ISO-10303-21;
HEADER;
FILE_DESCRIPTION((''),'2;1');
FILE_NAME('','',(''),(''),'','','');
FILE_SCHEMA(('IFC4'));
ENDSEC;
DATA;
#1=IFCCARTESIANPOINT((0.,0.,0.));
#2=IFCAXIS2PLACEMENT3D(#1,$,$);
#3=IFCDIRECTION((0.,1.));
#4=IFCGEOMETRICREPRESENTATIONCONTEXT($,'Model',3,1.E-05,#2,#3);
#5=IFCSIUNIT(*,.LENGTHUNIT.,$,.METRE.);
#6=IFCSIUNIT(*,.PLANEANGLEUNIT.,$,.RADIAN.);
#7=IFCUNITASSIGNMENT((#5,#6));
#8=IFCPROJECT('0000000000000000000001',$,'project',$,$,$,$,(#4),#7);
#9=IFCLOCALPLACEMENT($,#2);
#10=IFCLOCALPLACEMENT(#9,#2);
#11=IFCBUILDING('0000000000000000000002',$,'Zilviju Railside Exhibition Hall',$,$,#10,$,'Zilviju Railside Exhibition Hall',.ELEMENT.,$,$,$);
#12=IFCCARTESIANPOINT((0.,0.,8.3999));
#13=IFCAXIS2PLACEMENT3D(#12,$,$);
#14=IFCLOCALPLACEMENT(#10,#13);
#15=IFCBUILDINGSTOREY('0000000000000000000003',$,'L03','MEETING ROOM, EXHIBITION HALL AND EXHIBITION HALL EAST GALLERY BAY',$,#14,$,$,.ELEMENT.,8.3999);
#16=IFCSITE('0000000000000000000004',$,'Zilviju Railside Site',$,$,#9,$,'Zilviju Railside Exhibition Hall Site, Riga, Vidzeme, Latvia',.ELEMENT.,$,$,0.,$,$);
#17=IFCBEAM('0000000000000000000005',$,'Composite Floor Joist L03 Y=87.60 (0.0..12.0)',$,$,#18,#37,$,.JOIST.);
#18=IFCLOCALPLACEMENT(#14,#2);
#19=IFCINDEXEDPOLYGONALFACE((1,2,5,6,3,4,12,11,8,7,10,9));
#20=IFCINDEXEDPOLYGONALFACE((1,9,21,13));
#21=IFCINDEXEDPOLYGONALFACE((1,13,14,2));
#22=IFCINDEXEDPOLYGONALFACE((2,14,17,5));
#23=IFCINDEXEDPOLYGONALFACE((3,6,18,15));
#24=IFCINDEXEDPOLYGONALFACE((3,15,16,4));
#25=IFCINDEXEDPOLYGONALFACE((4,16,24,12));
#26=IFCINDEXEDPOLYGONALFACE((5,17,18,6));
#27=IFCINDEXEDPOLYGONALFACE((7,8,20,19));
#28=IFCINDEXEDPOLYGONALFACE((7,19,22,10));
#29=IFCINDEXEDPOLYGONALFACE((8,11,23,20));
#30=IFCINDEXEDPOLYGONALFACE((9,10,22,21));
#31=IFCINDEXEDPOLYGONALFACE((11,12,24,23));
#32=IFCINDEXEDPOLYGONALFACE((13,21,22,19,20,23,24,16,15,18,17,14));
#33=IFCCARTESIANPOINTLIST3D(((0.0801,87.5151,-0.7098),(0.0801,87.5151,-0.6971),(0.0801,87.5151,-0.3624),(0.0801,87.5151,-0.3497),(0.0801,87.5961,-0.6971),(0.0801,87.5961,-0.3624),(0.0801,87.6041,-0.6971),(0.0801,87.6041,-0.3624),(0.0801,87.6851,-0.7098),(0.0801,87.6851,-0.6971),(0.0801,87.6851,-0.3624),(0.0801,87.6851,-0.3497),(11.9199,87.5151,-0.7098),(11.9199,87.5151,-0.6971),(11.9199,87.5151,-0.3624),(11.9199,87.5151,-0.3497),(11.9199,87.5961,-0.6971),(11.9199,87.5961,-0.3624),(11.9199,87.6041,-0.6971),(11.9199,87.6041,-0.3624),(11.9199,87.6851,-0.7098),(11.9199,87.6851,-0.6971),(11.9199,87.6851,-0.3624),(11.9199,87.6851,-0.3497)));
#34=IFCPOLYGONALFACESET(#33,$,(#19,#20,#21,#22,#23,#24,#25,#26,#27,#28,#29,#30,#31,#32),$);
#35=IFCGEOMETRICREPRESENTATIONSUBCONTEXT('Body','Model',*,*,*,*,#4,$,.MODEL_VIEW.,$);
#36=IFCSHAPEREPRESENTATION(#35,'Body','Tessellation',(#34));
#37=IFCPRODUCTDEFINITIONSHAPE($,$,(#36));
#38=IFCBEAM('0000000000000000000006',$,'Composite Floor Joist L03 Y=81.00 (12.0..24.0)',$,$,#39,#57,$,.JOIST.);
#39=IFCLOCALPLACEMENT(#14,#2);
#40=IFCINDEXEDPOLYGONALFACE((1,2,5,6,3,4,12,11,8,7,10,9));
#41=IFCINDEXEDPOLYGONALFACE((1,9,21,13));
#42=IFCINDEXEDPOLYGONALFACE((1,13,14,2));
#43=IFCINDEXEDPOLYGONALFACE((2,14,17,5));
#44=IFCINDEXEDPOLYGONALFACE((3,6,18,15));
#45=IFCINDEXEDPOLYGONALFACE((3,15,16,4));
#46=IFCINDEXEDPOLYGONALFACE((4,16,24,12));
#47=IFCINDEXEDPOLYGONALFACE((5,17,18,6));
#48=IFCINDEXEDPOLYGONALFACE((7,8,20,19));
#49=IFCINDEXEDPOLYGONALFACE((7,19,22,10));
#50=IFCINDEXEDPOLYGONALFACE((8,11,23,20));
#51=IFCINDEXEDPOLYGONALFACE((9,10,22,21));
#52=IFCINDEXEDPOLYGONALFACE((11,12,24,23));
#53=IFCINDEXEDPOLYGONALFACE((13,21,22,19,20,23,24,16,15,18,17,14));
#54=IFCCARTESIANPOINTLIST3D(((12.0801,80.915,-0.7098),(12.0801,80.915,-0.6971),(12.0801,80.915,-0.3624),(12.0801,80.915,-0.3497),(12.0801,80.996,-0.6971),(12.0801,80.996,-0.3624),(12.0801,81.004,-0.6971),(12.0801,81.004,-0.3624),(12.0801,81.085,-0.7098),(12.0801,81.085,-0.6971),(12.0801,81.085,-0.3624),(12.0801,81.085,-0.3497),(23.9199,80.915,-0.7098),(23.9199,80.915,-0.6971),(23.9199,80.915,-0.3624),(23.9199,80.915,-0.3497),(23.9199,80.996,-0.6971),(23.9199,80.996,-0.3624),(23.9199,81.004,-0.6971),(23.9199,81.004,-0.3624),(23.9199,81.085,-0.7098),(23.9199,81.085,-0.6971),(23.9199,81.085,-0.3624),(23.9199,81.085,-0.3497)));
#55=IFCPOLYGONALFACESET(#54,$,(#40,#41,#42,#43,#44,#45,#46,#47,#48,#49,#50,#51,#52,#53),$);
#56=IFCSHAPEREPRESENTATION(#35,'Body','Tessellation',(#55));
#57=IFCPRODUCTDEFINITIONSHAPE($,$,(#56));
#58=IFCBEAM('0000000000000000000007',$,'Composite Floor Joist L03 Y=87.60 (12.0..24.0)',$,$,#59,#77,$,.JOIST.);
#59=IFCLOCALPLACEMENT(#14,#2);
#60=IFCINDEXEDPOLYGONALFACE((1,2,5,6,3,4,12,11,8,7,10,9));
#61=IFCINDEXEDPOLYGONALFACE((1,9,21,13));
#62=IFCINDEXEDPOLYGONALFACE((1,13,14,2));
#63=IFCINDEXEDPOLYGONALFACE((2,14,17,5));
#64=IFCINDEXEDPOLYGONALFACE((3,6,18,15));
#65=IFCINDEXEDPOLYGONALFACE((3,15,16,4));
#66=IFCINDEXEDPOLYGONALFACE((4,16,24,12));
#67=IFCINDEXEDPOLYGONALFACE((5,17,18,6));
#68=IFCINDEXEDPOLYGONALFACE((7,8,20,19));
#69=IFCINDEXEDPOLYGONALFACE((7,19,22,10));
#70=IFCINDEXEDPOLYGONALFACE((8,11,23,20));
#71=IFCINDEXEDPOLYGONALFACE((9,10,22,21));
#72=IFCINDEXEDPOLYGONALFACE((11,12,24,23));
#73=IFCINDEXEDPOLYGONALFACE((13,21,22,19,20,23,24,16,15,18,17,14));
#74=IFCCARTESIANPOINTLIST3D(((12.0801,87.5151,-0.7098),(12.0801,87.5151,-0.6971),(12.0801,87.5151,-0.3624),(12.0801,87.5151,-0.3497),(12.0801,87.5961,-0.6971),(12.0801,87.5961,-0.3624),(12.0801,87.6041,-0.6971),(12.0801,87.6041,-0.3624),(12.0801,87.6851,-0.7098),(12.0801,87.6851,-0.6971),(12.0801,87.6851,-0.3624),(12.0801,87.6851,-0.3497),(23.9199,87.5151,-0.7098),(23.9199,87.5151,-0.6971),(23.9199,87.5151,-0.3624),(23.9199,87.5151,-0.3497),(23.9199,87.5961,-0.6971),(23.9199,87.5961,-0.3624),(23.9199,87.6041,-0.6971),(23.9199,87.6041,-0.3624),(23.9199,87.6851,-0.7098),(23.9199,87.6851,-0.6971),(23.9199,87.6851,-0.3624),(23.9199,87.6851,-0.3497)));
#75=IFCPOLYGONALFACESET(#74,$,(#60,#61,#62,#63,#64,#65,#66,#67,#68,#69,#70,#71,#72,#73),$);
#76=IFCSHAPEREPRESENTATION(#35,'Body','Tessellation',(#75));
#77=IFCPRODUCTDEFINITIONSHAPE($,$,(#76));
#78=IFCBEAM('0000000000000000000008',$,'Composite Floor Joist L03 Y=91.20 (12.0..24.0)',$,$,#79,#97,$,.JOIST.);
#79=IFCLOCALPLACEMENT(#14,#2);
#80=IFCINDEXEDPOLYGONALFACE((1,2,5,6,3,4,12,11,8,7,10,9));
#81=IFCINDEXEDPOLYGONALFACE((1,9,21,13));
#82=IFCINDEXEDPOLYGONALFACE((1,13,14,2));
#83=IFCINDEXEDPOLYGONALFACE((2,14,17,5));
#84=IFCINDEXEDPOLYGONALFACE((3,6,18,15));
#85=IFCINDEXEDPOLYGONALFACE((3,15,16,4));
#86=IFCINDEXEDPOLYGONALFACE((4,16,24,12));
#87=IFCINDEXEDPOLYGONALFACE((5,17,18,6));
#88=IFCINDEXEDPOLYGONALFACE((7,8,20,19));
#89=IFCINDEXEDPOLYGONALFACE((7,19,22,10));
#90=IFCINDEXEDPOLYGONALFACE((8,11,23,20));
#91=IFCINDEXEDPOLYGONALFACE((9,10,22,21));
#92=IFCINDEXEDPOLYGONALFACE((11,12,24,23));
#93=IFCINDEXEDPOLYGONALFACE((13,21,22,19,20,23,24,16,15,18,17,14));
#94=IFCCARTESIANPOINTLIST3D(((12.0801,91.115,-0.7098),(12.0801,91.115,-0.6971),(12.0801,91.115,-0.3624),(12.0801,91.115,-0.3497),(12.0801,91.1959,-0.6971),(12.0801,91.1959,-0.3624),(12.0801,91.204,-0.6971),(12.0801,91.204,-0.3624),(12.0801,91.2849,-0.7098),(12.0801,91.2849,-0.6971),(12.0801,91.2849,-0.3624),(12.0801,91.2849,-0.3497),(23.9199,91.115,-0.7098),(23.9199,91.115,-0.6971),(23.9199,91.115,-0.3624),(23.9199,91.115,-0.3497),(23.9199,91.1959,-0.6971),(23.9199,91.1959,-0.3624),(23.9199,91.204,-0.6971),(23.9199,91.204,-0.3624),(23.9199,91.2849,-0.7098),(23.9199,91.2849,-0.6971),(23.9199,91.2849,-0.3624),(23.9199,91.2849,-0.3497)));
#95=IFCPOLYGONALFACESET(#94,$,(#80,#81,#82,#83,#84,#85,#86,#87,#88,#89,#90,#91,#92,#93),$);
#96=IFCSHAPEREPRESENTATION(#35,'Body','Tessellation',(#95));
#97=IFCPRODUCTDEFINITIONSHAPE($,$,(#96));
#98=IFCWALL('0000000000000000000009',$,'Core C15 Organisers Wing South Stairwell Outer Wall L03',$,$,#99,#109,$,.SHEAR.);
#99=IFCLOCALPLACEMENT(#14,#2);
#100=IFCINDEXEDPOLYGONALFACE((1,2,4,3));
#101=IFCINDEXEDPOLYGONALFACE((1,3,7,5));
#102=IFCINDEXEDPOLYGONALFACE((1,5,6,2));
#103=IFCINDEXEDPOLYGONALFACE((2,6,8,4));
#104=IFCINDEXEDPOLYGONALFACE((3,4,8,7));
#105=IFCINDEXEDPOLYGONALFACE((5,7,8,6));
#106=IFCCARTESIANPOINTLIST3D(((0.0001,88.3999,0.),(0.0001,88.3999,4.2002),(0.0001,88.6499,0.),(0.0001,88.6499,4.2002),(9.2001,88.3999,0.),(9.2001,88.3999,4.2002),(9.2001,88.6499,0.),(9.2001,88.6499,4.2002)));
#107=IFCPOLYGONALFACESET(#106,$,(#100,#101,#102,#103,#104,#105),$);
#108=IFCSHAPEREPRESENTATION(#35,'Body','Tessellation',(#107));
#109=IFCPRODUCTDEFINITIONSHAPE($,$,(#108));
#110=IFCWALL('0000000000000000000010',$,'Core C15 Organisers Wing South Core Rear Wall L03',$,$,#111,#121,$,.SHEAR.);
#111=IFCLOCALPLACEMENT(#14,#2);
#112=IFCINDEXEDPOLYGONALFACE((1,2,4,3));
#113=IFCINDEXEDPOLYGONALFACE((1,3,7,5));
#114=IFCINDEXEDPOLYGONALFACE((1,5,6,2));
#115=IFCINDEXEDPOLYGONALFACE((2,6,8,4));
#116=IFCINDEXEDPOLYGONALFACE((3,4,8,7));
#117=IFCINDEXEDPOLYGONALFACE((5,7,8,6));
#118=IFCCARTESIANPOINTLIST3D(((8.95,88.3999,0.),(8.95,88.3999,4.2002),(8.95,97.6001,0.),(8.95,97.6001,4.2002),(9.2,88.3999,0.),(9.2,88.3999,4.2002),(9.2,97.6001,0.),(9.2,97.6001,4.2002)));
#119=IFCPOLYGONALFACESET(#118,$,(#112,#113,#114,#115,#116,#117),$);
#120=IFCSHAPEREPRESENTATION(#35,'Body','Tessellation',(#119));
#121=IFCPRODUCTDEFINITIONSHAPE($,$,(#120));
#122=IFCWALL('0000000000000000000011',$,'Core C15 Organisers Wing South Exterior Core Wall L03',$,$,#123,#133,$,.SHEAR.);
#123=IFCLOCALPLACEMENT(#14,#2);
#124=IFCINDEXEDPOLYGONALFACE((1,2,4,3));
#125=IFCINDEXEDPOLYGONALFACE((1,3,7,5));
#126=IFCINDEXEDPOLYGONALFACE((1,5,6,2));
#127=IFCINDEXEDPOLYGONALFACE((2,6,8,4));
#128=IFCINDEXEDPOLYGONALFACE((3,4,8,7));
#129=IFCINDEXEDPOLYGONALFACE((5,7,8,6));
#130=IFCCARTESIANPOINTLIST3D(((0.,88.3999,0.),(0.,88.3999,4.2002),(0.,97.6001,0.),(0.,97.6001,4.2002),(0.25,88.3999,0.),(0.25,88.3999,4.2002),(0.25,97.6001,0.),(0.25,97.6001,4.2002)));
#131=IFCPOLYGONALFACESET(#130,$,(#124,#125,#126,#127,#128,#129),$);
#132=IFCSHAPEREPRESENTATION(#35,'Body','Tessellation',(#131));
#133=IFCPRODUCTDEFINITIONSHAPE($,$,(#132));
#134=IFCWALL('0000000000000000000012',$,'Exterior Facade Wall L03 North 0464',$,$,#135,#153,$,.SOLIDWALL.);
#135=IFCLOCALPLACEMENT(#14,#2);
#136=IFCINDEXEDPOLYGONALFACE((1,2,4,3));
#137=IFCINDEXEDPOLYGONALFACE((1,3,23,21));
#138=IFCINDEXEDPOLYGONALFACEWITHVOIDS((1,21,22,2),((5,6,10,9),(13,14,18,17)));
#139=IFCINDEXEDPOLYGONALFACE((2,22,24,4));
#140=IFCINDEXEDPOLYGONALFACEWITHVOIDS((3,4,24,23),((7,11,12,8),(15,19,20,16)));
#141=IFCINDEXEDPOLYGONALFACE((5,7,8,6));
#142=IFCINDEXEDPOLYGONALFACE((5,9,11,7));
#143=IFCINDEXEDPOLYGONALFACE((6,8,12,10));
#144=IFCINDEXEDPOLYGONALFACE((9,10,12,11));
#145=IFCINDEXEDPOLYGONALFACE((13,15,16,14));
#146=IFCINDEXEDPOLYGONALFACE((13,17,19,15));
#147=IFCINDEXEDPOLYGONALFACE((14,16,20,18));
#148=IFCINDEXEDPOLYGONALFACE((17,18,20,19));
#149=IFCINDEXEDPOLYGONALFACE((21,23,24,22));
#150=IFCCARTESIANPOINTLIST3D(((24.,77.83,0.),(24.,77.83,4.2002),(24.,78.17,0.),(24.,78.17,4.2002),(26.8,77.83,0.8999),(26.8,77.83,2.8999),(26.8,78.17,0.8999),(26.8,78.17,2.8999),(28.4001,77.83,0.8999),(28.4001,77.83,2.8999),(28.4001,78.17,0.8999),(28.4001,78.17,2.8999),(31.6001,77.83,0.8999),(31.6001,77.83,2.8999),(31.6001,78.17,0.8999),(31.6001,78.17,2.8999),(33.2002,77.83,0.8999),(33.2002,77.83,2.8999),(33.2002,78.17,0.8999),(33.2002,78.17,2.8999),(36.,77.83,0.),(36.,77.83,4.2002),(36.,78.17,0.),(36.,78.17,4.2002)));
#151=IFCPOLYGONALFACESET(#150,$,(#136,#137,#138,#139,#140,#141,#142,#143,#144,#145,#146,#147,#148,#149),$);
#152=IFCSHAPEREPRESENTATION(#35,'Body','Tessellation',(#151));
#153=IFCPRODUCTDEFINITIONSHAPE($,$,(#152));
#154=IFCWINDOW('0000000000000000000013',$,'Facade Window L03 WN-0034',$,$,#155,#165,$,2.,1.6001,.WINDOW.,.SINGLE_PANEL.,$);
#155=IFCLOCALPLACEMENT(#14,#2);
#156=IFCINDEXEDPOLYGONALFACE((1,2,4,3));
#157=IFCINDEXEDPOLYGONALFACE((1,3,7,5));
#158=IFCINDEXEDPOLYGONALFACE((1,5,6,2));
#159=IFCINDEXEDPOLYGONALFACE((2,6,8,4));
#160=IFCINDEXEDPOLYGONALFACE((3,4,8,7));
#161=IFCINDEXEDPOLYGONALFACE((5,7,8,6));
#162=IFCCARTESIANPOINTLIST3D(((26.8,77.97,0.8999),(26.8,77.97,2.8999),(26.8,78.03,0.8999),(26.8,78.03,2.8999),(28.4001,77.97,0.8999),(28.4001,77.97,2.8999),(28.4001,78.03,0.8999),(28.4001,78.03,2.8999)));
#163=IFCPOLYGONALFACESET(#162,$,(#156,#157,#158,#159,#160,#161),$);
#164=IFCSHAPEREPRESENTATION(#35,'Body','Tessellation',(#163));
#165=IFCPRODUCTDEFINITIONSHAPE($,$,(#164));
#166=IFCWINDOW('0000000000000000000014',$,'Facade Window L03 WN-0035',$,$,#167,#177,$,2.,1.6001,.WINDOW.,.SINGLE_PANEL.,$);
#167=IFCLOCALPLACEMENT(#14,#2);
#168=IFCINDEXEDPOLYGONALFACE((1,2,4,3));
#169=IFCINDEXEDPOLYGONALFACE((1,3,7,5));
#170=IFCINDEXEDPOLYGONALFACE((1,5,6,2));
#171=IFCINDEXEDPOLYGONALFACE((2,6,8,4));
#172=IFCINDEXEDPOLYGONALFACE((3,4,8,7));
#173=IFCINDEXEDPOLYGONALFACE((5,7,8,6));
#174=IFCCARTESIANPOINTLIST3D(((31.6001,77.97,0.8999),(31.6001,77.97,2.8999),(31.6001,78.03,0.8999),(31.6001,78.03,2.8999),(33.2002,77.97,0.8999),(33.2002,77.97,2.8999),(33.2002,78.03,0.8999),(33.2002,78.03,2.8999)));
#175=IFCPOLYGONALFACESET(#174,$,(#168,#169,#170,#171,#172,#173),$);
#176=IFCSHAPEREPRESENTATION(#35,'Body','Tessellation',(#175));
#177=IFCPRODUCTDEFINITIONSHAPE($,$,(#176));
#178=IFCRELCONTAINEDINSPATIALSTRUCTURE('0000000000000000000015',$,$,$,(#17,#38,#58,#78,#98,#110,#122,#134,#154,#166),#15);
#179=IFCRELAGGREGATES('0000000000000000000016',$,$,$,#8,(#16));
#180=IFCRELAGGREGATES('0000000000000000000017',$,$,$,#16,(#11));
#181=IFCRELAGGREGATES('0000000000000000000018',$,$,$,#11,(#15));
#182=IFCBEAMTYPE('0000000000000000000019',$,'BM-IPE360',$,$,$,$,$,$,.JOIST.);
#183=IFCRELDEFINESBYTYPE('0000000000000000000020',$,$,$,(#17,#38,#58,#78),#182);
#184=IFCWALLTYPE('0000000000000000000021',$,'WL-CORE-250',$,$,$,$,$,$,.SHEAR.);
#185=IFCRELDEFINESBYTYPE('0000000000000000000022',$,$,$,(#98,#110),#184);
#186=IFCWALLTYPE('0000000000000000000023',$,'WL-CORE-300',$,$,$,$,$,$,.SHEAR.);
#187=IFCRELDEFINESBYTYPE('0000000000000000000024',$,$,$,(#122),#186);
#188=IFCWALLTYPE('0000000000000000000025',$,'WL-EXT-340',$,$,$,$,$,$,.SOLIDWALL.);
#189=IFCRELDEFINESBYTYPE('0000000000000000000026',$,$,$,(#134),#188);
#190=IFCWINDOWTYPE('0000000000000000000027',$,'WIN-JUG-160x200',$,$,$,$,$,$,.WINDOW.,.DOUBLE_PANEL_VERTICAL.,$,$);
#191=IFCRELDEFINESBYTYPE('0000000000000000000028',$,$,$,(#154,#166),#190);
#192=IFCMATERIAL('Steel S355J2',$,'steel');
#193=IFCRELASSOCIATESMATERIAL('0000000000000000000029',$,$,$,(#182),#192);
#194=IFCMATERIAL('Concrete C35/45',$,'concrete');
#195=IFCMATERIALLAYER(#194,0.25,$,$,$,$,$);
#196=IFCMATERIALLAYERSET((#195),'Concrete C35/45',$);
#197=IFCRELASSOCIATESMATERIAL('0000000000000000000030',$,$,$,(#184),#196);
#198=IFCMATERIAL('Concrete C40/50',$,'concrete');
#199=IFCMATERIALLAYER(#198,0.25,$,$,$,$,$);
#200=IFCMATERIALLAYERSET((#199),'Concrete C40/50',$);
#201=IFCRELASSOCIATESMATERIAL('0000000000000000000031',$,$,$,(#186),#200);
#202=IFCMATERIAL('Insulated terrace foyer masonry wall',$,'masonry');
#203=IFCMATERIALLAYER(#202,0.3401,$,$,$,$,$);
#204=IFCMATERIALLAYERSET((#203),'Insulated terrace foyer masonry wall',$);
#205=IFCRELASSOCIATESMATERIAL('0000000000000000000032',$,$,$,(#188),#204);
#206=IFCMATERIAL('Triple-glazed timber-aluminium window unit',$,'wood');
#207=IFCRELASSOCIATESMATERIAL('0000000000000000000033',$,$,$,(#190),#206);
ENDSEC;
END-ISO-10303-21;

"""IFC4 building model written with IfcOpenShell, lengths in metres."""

from ifc_helpers import new_model, si_unit, direction, frame, frame_2d, origin, origin_2d, place, context, subcontext, project, spatial, rectangle, i_section, extrude, material, layer, layer_set, material_profile, profile_set, type_object, element, fill, save


model = new_model("IFC4")

# Units and contexts
model_context = context("Model", 3, precision=1e-05, world=origin(), true_north=direction((0.0, 1.0)))
body_context = subcontext(model_context, "Body", "Model", "MODEL_VIEW")
ifc_project = project(units=[si_unit("LENGTHUNIT", "METRE"), si_unit("PLANEANGLEUNIT", "RADIAN")], contexts=[model_context])

# Site, building, storey
site_placement = place(None, origin())
site = spatial("IfcSite", under=ifc_project, at=site_placement, Name="Zilviju Railside Site", LongName="Zilviju Railside Exhibition Hall Site, Riga, Vidzeme, Latvia", CompositionType="ELEMENT", RefElevation=0.0)
building_placement = place(site_placement, origin())
building = spatial("IfcBuilding", under=site, at=building_placement, Name="Zilviju Railside Exhibition Hall", LongName="Zilviju Railside Exhibition Hall", CompositionType="ELEMENT")
storey_placement = place(building_placement, frame((0.0, 0.0, 8.3999)))
storey = spatial("IfcBuildingStorey", under=building, at=storey_placement, Name="L03", Description="MEETING ROOM, EXHIBITION HALL AND EXHIBITION HALL EAST GALLERY BAY", CompositionType="ELEMENT", Elevation=8.3999)

# Shared definitions
ifc_material_1 = material(Name="Concrete C35/45", Category="concrete")

# Beams
ifc_material_2 = material(Name="Steel S355J2", Category="steel")
ifc_material_profile_1 = material_profile(ifc_material_2, i_section(OverallWidth=0.1699, OverallDepth=0.3601, WebThickness=0.0081, FlangeThickness=0.0127, at=origin_2d()), Name="IPE 360")
ifc_profile_set_1 = profile_set([ifc_material_profile_1], Name="Steel S355J2")
beam_type_1 = type_object("IfcBeamType", Name="BM-IPE360", PredefinedType="JOIST", material=ifc_profile_set_1)
for number, where, z_axis, x_axis, name in (
    (1, (0.0801, 87.6001, -0.5298), (1.0, 0.0, 0.0), (0.0, 1.0, 0.0), "Composite Floor Joist L03 Y=87.60 (0.0..12.0)"),
    (2, (12.0801, 81.0, -0.5298), (1.0, 0.0, 0.0), (0.0, 1.0, 0.0), "Composite Floor Joist L03 Y=81.00 (12.0..24.0)"),
    (3, (12.0801, 87.6001, -0.5298), (1.0, 0.0, 0.0), (0.0, 1.0, 0.0), "Composite Floor Joist L03 Y=87.60 (12.0..24.0)"),
    (4, (12.0801, 91.2, -0.5298), (1.0, 0.0, 0.0), (0.0, 1.0, 0.0), "Composite Floor Joist L03 Y=91.20 (12.0..24.0)"),
):
    element("IfcBeam", number, at=place(storey_placement, frame(where, z_axis=z_axis, x_axis=x_axis)), inside=storey, type_object=beam_type_1, Name=name, PredefinedType="JOIST", context=body_context, shape_type="SweptSolid", body=[
        extrude(i_section(OverallWidth=0.1699, OverallDepth=0.3601, WebThickness=0.0081, FlangeThickness=0.0127, at=origin_2d()), origin(), (0.0, 0.0, 1.0), 11.8398),
    ])

# Walls
ifc_layer_1 = layer(ifc_material_1, 0.25)
ifc_layer_set_1 = layer_set([ifc_layer_1], Name="Concrete C35/45")
wall_type_1 = type_object("IfcWallType", Name="WL-CORE-250", PredefinedType="SHEAR", material=ifc_layer_set_1)
wall_1_placement = place(storey_placement, frame((0.0, 88.5249, 0.0), z_axis=(0.0, 0.0, 1.0), x_axis=(1.0, 0.0, 0.0)))
element("IfcWall", 5, at=wall_1_placement, inside=storey, type_object=wall_type_1, Name="Core C15 Organisers Wing South Stairwell Outer Wall L03", PredefinedType="SHEAR", context=body_context, shape_type="SweptSolid", body=[
    extrude(rectangle(XDim=9.2, YDim=0.25, at=frame_2d((4.6001, 0.0))), origin(), (0.0, 0.0, 1.0), 4.2002),
])
wall_2_placement = place(storey_placement, frame((9.075, 88.3999, 0.0), z_axis=(0.0, 0.0, 1.0), x_axis=(0.0, 1.0, 0.0)))
element("IfcWall", 6, at=wall_2_placement, inside=storey, type_object=wall_type_1, Name="Core C15 Organisers Wing South Core Rear Wall L03", PredefinedType="SHEAR", context=body_context, shape_type="SweptSolid", body=[
    extrude(rectangle(XDim=9.2002, YDim=0.25, at=frame_2d((4.6001, 0.0))), origin(), (0.0, 0.0, 1.0), 4.2002),
])
ifc_material_3 = material(Name="Concrete C40/50", Category="concrete")
ifc_layer_2 = layer(ifc_material_3, 0.25)
ifc_layer_set_2 = layer_set([ifc_layer_2], Name="Concrete C40/50")
wall_type_2 = type_object("IfcWallType", Name="WL-CORE-300", PredefinedType="SHEAR", material=ifc_layer_set_2)
wall_3_placement = place(storey_placement, frame((0.125, 88.3999, 0.0), z_axis=(0.0, 0.0, 1.0), x_axis=(0.0, 1.0, 0.0)))
element("IfcWall", 7, at=wall_3_placement, inside=storey, type_object=wall_type_2, Name="Core C15 Organisers Wing South Exterior Core Wall L03", PredefinedType="SHEAR", context=body_context, shape_type="SweptSolid", body=[
    extrude(rectangle(XDim=9.2002, YDim=0.25, at=frame_2d((4.6001, 0.0))), origin(), (0.0, 0.0, 1.0), 4.2002),
])

# Wall, openings, windows
ifc_material_4 = material(Name="Insulated terrace foyer masonry wall", Category="masonry")
ifc_layer_3 = layer(ifc_material_4, 0.3401)
ifc_layer_set_3 = layer_set([ifc_layer_3], Name="Insulated terrace foyer masonry wall")
wall_type_3 = type_object("IfcWallType", Name="WL-EXT-340", PredefinedType="SOLIDWALL", material=ifc_layer_set_3)
wall_4_placement = place(storey_placement, frame((24.0, 78.0, 0.0), z_axis=(0.0, 0.0, 1.0), x_axis=(1.0, 0.0, 0.0)))
wall_4 = element("IfcWall", 8, at=wall_4_placement, inside=storey, type_object=wall_type_3, Name="Exterior Facade Wall L03 North 0464", PredefinedType="SOLIDWALL", context=body_context, shape_type="SweptSolid", body=[
    extrude(rectangle(XDim=12.0, YDim=0.3401, at=frame_2d((6.0, 0.0))), origin(), (0.0, 0.0, 1.0), 4.2002),
])
opening_1_placement = place(wall_4_placement, frame((2.8, 0.0, 0.8999)))
opening_1 = element("IfcOpeningElement", 9, at=opening_1_placement, cuts=wall_4, PredefinedType="OPENING", context=body_context, shape_type="SweptSolid", body=[
    extrude(rectangle(XDim=1.6001, YDim=2.0, at=frame_2d((0.8, 1.0))), frame((0.0, 0.1799, 0.0), z_axis=(0.0, -1.0, 0.0), x_axis=(1.0, 0.0, 0.0)), (0.0, 0.0, 1.0), 0.3601),
])
opening_2_placement = place(wall_4_placement, frame((7.6001, 0.0, 0.8999)))
opening_2 = element("IfcOpeningElement", 10, at=opening_2_placement, cuts=wall_4, PredefinedType="OPENING", context=body_context, shape_type="SweptSolid", body=[
    extrude(rectangle(XDim=1.6001, YDim=2.0, at=frame_2d((0.8, 1.0))), frame((0.0, 0.1799, 0.0), z_axis=(0.0, -1.0, 0.0), x_axis=(1.0, 0.0, 0.0)), (0.0, 0.0, 1.0), 0.3601),
])
ifc_material_5 = material(Name="Triple-glazed timber-aluminium window unit", Category="wood")
window_type_1 = type_object("IfcWindowType", Name="WIN-JUG-160x200", PartitioningType="DOUBLE_PANEL_VERTICAL", PredefinedType="WINDOW", material=ifc_material_5)
window_1_placement = place(opening_1_placement, origin())
window_1 = element("IfcWindow", 11, at=window_1_placement, inside=storey, type_object=window_type_1, Name="Facade Window L03 WN-0034", OverallHeight=2.0, OverallWidth=1.6001, PartitioningType="SINGLE_PANEL", PredefinedType="WINDOW", context=body_context, shape_type="SweptSolid", body=[
    extrude(rectangle(XDim=1.6001, YDim=2.0, at=frame_2d((0.8, 1.0))), frame((0.0, 0.03, 0.0), z_axis=(0.0, -1.0, 0.0), x_axis=(1.0, 0.0, 0.0)), (0.0, 0.0, 1.0), 0.0601),
])
fill(opening_1, window_1)
window_2_placement = place(opening_2_placement, origin())
window_2 = element("IfcWindow", 12, at=window_2_placement, inside=storey, type_object=window_type_1, Name="Facade Window L03 WN-0035", OverallHeight=2.0, OverallWidth=1.6001, PartitioningType="SINGLE_PANEL", PredefinedType="WINDOW", context=body_context, shape_type="SweptSolid", body=[
    extrude(rectangle(XDim=1.6001, YDim=2.0, at=frame_2d((0.8, 1.0))), frame((0.0, 0.03, 0.0), z_axis=(0.0, -1.0, 0.0), x_axis=(1.0, 0.0, 0.0)), (0.0, 0.0, 1.0), 0.0601),
])
fill(opening_2, window_2)

save(model, "model.ifc")
